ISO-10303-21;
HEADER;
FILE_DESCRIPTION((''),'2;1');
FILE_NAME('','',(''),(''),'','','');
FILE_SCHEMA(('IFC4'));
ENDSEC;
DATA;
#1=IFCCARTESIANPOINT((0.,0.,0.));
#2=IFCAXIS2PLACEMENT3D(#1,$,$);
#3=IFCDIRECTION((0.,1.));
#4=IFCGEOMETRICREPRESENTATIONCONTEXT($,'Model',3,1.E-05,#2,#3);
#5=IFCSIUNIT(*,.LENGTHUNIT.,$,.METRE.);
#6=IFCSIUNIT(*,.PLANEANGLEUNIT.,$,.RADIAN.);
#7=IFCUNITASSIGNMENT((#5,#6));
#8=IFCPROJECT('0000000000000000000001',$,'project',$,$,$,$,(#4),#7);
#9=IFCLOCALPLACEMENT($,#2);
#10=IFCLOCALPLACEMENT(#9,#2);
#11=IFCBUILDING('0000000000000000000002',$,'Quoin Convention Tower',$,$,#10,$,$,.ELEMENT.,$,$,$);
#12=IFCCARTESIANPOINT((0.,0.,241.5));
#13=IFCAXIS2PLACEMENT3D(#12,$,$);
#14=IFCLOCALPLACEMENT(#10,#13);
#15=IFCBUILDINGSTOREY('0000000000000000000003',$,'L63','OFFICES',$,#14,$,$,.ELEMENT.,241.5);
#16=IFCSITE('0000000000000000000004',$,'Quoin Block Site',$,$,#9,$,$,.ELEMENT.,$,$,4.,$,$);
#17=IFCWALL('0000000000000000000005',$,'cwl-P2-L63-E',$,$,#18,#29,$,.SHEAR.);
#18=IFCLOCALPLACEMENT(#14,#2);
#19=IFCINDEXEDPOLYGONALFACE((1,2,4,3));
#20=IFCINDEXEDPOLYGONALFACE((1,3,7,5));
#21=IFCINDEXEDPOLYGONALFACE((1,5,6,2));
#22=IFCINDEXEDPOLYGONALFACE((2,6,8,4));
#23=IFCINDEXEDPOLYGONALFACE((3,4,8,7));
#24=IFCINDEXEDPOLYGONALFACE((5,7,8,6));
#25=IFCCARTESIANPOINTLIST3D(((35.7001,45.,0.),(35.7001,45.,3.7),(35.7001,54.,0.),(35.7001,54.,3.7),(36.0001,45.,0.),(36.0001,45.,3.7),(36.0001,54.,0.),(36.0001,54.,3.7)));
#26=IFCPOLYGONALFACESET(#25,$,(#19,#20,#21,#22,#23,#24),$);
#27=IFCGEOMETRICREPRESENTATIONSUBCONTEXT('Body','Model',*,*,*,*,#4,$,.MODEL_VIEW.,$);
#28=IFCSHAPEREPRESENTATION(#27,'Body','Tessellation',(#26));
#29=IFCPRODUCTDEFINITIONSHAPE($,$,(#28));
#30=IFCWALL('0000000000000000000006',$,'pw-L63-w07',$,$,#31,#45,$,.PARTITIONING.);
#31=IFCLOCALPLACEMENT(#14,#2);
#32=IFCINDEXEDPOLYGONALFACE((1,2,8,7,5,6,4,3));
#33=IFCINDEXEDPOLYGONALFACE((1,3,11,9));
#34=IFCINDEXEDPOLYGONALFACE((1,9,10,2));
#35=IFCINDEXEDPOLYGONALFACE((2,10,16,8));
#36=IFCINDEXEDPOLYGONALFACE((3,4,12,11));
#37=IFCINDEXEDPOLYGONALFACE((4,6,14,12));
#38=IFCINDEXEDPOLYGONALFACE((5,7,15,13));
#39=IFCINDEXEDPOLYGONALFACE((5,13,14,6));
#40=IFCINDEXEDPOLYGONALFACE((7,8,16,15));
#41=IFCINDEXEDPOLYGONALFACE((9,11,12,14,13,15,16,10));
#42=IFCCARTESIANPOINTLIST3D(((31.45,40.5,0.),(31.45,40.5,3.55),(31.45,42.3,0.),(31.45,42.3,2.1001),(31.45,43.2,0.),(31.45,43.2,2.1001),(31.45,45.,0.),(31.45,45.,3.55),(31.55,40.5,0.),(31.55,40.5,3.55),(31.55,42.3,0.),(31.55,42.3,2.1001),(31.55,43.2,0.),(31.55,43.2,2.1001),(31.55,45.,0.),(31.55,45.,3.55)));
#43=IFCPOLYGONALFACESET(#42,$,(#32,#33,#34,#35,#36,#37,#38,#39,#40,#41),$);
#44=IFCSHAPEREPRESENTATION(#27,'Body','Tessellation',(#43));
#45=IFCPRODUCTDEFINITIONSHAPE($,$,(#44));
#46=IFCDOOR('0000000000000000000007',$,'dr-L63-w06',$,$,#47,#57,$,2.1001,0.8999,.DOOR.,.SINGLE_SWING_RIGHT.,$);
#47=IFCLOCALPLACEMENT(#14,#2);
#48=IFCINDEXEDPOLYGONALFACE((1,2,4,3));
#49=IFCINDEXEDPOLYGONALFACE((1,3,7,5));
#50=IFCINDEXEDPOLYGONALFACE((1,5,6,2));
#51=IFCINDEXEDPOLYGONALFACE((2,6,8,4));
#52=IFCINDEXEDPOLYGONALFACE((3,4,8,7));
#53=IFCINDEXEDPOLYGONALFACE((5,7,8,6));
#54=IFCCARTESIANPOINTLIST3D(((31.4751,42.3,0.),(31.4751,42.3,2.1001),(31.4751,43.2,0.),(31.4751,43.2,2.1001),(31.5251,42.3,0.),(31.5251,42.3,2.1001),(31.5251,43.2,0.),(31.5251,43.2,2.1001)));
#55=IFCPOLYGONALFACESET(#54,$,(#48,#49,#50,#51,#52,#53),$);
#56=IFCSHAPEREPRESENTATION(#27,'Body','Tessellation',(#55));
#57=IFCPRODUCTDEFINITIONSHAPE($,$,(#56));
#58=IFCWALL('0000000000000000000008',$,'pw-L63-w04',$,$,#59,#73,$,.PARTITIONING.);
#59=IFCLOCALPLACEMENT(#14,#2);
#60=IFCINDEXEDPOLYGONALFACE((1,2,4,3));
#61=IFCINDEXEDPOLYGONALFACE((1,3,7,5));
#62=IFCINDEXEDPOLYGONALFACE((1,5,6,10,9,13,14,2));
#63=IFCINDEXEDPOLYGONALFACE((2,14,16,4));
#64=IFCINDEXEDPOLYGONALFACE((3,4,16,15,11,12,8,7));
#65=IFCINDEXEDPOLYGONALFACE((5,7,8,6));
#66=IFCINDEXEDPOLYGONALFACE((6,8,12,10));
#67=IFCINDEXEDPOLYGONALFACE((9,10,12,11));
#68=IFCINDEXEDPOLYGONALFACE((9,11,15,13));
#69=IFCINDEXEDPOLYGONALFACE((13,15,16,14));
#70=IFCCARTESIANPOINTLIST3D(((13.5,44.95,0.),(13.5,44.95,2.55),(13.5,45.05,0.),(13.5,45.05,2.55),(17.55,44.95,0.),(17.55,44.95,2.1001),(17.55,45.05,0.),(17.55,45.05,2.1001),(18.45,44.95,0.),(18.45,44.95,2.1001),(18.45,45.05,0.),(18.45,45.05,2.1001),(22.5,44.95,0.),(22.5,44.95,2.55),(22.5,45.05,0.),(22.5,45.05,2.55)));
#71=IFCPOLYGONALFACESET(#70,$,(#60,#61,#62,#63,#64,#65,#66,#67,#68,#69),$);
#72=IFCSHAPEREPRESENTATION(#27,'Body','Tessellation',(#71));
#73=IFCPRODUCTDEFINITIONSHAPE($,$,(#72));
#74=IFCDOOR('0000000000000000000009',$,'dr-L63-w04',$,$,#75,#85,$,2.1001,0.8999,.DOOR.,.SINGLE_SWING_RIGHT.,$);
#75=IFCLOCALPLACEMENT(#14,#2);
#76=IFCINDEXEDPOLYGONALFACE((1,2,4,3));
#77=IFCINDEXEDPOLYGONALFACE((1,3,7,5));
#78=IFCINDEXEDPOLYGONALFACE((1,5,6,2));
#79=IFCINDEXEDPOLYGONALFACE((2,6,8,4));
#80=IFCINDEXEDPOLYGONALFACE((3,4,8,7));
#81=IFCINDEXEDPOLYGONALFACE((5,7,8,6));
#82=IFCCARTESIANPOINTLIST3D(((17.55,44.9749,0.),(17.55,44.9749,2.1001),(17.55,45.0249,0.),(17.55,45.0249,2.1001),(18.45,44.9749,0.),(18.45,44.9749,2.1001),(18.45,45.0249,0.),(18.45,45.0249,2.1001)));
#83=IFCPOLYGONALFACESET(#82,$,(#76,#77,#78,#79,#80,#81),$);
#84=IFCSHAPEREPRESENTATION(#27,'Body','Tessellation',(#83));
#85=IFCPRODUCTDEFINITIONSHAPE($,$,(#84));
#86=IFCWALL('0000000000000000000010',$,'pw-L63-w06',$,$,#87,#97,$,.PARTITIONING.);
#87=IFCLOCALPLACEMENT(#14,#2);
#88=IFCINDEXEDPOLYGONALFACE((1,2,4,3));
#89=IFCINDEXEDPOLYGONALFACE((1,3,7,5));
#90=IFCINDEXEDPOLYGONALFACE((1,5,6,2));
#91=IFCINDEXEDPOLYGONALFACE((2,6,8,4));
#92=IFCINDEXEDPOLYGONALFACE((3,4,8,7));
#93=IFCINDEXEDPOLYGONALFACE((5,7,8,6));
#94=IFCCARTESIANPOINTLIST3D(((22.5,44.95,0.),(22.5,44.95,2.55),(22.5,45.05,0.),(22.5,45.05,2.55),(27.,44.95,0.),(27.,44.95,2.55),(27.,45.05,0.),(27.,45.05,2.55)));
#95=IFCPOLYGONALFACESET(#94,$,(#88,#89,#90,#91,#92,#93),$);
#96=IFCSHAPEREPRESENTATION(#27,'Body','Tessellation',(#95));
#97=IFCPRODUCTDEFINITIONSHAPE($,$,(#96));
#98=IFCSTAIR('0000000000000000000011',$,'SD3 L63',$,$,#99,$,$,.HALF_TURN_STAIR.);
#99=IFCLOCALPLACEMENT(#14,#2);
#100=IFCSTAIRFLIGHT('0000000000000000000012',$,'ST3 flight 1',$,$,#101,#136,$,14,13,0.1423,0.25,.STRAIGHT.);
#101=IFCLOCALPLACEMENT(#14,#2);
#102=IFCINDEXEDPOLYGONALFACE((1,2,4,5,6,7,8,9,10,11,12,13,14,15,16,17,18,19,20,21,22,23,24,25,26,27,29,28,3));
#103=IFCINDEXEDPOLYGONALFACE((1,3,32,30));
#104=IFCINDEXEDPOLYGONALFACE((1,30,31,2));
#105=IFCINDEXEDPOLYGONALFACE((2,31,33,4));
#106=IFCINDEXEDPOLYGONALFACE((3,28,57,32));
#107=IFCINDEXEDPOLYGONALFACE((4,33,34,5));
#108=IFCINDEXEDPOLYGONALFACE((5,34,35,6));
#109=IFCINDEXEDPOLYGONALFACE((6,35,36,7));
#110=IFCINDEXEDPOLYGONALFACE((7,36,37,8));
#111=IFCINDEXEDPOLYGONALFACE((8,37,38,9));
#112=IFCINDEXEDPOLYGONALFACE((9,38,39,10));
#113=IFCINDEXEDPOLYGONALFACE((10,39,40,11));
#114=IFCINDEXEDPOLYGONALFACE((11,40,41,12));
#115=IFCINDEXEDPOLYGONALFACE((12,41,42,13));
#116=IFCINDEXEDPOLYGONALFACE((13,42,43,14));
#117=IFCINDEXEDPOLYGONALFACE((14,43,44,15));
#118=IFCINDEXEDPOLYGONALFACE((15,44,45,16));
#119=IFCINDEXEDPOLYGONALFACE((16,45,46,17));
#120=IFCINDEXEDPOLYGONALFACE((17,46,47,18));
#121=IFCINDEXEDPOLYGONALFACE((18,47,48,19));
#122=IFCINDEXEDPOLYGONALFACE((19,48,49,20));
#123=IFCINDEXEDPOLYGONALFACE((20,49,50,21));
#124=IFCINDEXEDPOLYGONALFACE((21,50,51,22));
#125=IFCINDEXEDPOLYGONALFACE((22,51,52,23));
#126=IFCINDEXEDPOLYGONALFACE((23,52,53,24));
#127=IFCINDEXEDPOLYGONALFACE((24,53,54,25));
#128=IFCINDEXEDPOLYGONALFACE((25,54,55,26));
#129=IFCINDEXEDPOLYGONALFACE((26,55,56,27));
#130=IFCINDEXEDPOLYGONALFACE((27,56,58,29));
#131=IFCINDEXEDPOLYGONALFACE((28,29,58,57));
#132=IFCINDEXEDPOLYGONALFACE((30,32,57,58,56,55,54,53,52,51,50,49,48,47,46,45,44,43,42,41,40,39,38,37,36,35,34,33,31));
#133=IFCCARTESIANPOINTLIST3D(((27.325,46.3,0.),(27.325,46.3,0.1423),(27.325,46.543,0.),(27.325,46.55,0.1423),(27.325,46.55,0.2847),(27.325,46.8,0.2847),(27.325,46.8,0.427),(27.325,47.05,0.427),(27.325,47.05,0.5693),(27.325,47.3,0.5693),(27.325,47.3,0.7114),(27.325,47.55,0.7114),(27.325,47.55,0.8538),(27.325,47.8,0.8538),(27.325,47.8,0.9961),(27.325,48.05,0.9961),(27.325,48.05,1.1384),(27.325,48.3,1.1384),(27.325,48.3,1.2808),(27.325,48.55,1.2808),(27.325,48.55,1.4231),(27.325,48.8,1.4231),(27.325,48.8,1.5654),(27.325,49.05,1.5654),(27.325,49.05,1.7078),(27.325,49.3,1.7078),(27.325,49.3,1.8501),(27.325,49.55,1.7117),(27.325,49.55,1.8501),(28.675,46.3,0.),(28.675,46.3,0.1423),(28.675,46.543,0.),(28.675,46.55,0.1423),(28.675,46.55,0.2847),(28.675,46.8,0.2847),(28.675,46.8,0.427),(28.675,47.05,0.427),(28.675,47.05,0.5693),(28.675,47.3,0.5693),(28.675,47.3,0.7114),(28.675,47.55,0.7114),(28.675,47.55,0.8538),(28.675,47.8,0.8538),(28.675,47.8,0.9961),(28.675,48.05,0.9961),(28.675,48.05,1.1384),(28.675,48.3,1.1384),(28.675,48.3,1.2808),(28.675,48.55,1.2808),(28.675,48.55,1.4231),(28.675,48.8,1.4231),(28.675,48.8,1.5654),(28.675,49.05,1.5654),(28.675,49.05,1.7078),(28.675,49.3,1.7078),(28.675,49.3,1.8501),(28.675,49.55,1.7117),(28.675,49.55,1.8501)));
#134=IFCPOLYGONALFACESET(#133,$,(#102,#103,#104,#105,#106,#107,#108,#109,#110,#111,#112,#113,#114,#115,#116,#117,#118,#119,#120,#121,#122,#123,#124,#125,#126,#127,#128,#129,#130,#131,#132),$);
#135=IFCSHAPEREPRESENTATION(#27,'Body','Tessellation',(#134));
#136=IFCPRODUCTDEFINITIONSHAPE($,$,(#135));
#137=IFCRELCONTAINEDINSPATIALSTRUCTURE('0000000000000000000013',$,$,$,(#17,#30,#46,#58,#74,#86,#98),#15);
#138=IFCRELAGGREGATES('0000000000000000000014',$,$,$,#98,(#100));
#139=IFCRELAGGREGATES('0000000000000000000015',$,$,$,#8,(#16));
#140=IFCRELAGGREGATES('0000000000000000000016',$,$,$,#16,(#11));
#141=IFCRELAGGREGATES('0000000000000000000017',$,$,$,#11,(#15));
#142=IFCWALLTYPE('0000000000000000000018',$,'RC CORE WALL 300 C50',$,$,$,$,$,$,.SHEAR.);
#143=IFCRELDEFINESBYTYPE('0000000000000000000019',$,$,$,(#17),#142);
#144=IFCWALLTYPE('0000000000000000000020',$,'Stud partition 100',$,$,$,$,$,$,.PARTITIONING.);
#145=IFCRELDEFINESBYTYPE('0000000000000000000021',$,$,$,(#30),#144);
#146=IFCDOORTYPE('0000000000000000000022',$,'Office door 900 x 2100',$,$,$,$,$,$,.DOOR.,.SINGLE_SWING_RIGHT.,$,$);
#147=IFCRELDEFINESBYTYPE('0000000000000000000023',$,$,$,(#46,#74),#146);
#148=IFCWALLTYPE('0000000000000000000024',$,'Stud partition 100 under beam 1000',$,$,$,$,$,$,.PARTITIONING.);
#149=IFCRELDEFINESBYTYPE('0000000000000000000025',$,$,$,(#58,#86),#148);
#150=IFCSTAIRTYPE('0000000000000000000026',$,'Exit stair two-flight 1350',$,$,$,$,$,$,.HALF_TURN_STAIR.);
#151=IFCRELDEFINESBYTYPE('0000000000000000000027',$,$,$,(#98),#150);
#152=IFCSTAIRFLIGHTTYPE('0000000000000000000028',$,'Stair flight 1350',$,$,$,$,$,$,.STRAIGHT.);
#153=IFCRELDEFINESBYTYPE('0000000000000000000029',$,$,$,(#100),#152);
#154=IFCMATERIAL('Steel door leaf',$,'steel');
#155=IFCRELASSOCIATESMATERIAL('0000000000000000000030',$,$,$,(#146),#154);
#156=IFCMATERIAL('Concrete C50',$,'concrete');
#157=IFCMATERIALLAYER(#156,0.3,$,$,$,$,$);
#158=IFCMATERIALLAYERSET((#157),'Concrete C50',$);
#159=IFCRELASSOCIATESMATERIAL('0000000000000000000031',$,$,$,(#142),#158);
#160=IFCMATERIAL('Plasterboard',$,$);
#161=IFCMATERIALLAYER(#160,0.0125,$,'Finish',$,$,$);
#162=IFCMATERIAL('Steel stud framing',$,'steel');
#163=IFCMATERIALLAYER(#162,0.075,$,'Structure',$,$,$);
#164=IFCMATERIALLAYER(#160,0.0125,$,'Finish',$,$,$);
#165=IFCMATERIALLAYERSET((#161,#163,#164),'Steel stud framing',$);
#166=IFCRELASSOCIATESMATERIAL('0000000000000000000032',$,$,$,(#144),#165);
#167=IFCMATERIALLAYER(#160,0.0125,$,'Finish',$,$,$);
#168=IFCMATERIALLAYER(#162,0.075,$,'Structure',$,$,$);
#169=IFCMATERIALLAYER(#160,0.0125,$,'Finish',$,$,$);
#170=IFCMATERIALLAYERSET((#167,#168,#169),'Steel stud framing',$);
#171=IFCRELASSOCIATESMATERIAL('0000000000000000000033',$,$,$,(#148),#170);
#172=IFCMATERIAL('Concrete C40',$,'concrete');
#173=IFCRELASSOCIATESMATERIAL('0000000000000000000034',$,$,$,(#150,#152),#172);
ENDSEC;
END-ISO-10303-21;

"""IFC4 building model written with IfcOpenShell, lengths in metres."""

from ifc_helpers import new_model, si_unit, direction, frame, frame_2d, origin, place, context, subcontext, project, spatial, polyline, rectangle, outline, extrude, material, layer, layer_set, type_object, element, fill, aggregate, save


model = new_model("IFC4")

# Units and contexts
model_context = context("Model", 3, precision=1e-05, world=origin(), true_north=direction((0.0, 1.0)))
body_context = subcontext(model_context, "Body", "Model", "MODEL_VIEW")
ifc_project = project(units=[si_unit("LENGTHUNIT", "METRE"), si_unit("PLANEANGLEUNIT", "RADIAN")], contexts=[model_context])

# Site, building, storey
site_placement = place(None, origin())
site = spatial("IfcSite", under=ifc_project, at=site_placement, Name="Quoin Block Site", CompositionType="ELEMENT", RefElevation=4.0)
building_placement = place(site_placement, origin())
building = spatial("IfcBuilding", under=site, at=building_placement, Name="Quoin Convention Tower", CompositionType="ELEMENT")
storey_placement = place(building_placement, frame((0.0, 0.0, 241.5)))
storey = spatial("IfcBuildingStorey", under=building, at=storey_placement, Name="L63", Description="OFFICES", CompositionType="ELEMENT", Elevation=241.5)

# Shared definitions
ifc_material_1 = material(Name="Concrete C50", Category="concrete")

# Shared definitions
ifc_material_2 = material(Name="Plasterboard")
ifc_material_3 = material(Name="Steel stud framing", Category="steel")
ifc_material_4 = material(Name="Steel door leaf", Category="steel")
door_type_1 = type_object("IfcDoorType", Name="Office door 900 x 2100", OperationType="SINGLE_SWING_RIGHT", PredefinedType="DOOR", material=ifc_material_4)
ifc_layer_1 = layer(ifc_material_1, 0.3)
ifc_layer_set_1 = layer_set([ifc_layer_1], Name="Concrete C50")
wall_type_1 = type_object("IfcWallType", Name="RC CORE WALL 300 C50", PredefinedType="SHEAR", material=ifc_layer_set_1)

# Wall
wall_1_placement = place(storey_placement, frame((35.8501, 45.0, 0.0), z_axis=(0.0, 0.0, 1.0), x_axis=(0.0, 1.0, 0.0)))
element("IfcWall", 1, at=wall_1_placement, inside=storey, type_object=wall_type_1, Name="cwl-P2-L63-E", PredefinedType="SHEAR", context=body_context, shape_type="SweptSolid", body=[
    extrude(rectangle(XDim=9.0, YDim=0.3, at=frame_2d((4.5, 0.0))), origin(), (0.0, 0.0, 1.0), 3.7),
])

# Walls, openings, doors
ifc_layer_2 = layer(ifc_material_2, 0.0125, Name="Finish")
ifc_layer_3 = layer(ifc_material_3, 0.075, Name="Structure")
ifc_layer_4 = layer(ifc_material_2, 0.0125, Name="Finish")
ifc_layer_set_2 = layer_set([ifc_layer_2, ifc_layer_3, ifc_layer_4], Name="Steel stud framing")
wall_type_2 = type_object("IfcWallType", Name="Stud partition 100", PredefinedType="PARTITIONING", material=ifc_layer_set_2)
wall_2_placement = place(storey_placement, frame((31.5, 45.0, 0.0), z_axis=(0.0, 0.0, 1.0), x_axis=(0.0, -1.0, 0.0)))
wall_2 = element("IfcWall", 2, at=wall_2_placement, inside=storey, type_object=wall_type_2, Name="pw-L63-w07", PredefinedType="PARTITIONING", context=body_context, shape_type="SweptSolid", body=[
    extrude(rectangle(XDim=4.5, YDim=0.1001, at=frame_2d((2.25, 0.0))), origin(), (0.0, 0.0, 1.0), 3.55),
])
opening_1_placement = place(wall_2_placement, frame((1.8, 0.0, 0.0)))
opening_1 = element("IfcOpeningElement", 3, at=opening_1_placement, cuts=wall_2, PredefinedType="OPENING", context=body_context, shape_type="SweptSolid", body=[
    extrude(rectangle(XDim=0.8999, YDim=2.1001, at=frame_2d((0.45, 1.05))), frame((0.0, 0.0601, 0.0), z_axis=(0.0, -1.0, 0.0), x_axis=(1.0, 0.0, 0.0)), (0.0, 0.0, 1.0), 0.1201),
])
door_1_placement = place(opening_1_placement, frame((0.8999, 0.0, 0.0), z_axis=(0.0, 0.0, 1.0), x_axis=(-1.0, 0.0, 0.0)))
door_1 = element("IfcDoor", 4, at=door_1_placement, inside=storey, type_object=door_type_1, Name="dr-L63-w06", OperationType="SINGLE_SWING_RIGHT", OverallHeight=2.1001, OverallWidth=0.8999, PredefinedType="DOOR", context=body_context, shape_type="SweptSolid", body=[
    extrude(rectangle(XDim=0.8999, YDim=2.1001, at=frame_2d((0.45, 1.05))), frame((0.0, 0.0249, 0.0), z_axis=(0.0, -1.0, 0.0), x_axis=(1.0, 0.0, 0.0)), (0.0, 0.0, 1.0), 0.05),
])
fill(opening_1, door_1)
ifc_layer_5 = layer(ifc_material_2, 0.0125, Name="Finish")
ifc_layer_6 = layer(ifc_material_3, 0.075, Name="Structure")
ifc_layer_7 = layer(ifc_material_2, 0.0125, Name="Finish")
ifc_layer_set_3 = layer_set([ifc_layer_5, ifc_layer_6, ifc_layer_7], Name="Steel stud framing")
wall_type_3 = type_object("IfcWallType", Name="Stud partition 100 under beam 1000", PredefinedType="PARTITIONING", material=ifc_layer_set_3)
wall_3_placement = place(storey_placement, frame((22.5, 45.0, 0.0), z_axis=(0.0, 0.0, 1.0), x_axis=(-1.0, 0.0, 0.0)))
wall_3 = element("IfcWall", 5, at=wall_3_placement, inside=storey, type_object=wall_type_3, Name="pw-L63-w04", PredefinedType="PARTITIONING", context=body_context, shape_type="SweptSolid", body=[
    extrude(rectangle(XDim=9.0, YDim=0.1001, at=frame_2d((4.5, 0.0))), origin(), (0.0, 0.0, 1.0), 2.55),
])
opening_2_placement = place(wall_3_placement, frame((4.05, 0.0, 0.0)))
opening_2 = element("IfcOpeningElement", 6, at=opening_2_placement, cuts=wall_3, PredefinedType="OPENING", context=body_context, shape_type="SweptSolid", body=[
    extrude(rectangle(XDim=0.8999, YDim=2.1001, at=frame_2d((0.45, 1.05))), frame((0.0, 0.0601, 0.0), z_axis=(0.0, -1.0, 0.0), x_axis=(1.0, 0.0, 0.0)), (0.0, 0.0, 1.0), 0.1201),
])
door_2_placement = place(opening_2_placement, frame((0.8999, 0.0, 0.0), z_axis=(0.0, 0.0, 1.0), x_axis=(-1.0, 0.0, 0.0)))
door_2 = element("IfcDoor", 7, at=door_2_placement, inside=storey, type_object=door_type_1, Name="dr-L63-w04", OperationType="SINGLE_SWING_RIGHT", OverallHeight=2.1001, OverallWidth=0.8999, PredefinedType="DOOR", context=body_context, shape_type="SweptSolid", body=[
    extrude(rectangle(XDim=0.8999, YDim=2.1001, at=frame_2d((0.45, 1.05))), frame((0.0, 0.0249, 0.0), z_axis=(0.0, -1.0, 0.0), x_axis=(1.0, 0.0, 0.0)), (0.0, 0.0, 1.0), 0.05),
])
fill(opening_2, door_2)

# Wall
wall_4_placement = place(storey_placement, frame((22.5, 45.0, 0.0), z_axis=(0.0, 0.0, 1.0), x_axis=(1.0, 0.0, 0.0)))
element("IfcWall", 8, at=wall_4_placement, inside=storey, type_object=wall_type_3, Name="pw-L63-w06", PredefinedType="PARTITIONING", context=body_context, shape_type="SweptSolid", body=[
    extrude(rectangle(XDim=4.5, YDim=0.1001, at=frame_2d((2.25, 0.0))), origin(), (0.0, 0.0, 1.0), 2.55),
])

# Stair, stair flight
ifc_material_5 = material(Name="Concrete C40", Category="concrete")
stair_type = type_object("IfcStairType", Name="Exit stair two-flight 1350", PredefinedType="HALF_TURN_STAIR", material=ifc_material_5)
stair_placement = place(storey_placement, origin())
stair = element("IfcStair", 9, at=stair_placement, inside=storey, type_object=stair_type, Name="SD3 L63", PredefinedType="HALF_TURN_STAIR")
stair_flight_type = type_object("IfcStairFlightType", Name="Stair flight 1350", PredefinedType="STRAIGHT", material=ifc_material_5)
stair_flight_placement = place(storey_placement, frame((28.0, 46.3, 0.0), z_axis=(0.0, 0.0, 1.0), x_axis=(0.0, 1.0, 0.0)))
stair_flight = element("IfcStairFlight", 10, at=stair_flight_placement, type_object=stair_flight_type, Name="ST3 flight 1", NumberOfRisers=14, NumberOfTreads=13, PredefinedType="STRAIGHT", RiserHeight=0.1423, TreadLength=0.25, context=body_context, shape_type="SweptSolid", body=[
    extrude(outline(polyline([(0.0, 0.0), (0.0, 0.1423), (0.25, 0.1423), (0.25, 0.2847), (0.5, 0.2847), (0.5, 0.427), (0.75, 0.427), (0.75, 0.5693), (1.0, 0.5693), (1.0, 0.7114), (1.25, 0.7114), (1.25, 0.8538), (1.5, 0.8538), (1.5, 0.9961), (1.75, 0.9961), (1.75, 1.1384), (2.0, 1.1384), (2.0, 1.2808), (2.25, 1.2808), (2.25, 1.4231), (2.5, 1.4231), (2.5, 1.5654), (2.75, 1.5654), (2.75, 1.7078), (3.0, 1.7078), (3.0, 1.8501), (3.25, 1.8501), (3.25, 1.9922), (3.25, 1.7117), (0.2429, 0.0), (0.0, 0.0)])), frame((0.0, 0.675, 0.0), z_axis=(0.0, -1.0, 0.0), x_axis=(1.0, 0.0, 0.0)), (0.0, 0.0, 1.0), 1.3501),
])
aggregate(stair, [stair_flight])

save(model, "model.ifc")
